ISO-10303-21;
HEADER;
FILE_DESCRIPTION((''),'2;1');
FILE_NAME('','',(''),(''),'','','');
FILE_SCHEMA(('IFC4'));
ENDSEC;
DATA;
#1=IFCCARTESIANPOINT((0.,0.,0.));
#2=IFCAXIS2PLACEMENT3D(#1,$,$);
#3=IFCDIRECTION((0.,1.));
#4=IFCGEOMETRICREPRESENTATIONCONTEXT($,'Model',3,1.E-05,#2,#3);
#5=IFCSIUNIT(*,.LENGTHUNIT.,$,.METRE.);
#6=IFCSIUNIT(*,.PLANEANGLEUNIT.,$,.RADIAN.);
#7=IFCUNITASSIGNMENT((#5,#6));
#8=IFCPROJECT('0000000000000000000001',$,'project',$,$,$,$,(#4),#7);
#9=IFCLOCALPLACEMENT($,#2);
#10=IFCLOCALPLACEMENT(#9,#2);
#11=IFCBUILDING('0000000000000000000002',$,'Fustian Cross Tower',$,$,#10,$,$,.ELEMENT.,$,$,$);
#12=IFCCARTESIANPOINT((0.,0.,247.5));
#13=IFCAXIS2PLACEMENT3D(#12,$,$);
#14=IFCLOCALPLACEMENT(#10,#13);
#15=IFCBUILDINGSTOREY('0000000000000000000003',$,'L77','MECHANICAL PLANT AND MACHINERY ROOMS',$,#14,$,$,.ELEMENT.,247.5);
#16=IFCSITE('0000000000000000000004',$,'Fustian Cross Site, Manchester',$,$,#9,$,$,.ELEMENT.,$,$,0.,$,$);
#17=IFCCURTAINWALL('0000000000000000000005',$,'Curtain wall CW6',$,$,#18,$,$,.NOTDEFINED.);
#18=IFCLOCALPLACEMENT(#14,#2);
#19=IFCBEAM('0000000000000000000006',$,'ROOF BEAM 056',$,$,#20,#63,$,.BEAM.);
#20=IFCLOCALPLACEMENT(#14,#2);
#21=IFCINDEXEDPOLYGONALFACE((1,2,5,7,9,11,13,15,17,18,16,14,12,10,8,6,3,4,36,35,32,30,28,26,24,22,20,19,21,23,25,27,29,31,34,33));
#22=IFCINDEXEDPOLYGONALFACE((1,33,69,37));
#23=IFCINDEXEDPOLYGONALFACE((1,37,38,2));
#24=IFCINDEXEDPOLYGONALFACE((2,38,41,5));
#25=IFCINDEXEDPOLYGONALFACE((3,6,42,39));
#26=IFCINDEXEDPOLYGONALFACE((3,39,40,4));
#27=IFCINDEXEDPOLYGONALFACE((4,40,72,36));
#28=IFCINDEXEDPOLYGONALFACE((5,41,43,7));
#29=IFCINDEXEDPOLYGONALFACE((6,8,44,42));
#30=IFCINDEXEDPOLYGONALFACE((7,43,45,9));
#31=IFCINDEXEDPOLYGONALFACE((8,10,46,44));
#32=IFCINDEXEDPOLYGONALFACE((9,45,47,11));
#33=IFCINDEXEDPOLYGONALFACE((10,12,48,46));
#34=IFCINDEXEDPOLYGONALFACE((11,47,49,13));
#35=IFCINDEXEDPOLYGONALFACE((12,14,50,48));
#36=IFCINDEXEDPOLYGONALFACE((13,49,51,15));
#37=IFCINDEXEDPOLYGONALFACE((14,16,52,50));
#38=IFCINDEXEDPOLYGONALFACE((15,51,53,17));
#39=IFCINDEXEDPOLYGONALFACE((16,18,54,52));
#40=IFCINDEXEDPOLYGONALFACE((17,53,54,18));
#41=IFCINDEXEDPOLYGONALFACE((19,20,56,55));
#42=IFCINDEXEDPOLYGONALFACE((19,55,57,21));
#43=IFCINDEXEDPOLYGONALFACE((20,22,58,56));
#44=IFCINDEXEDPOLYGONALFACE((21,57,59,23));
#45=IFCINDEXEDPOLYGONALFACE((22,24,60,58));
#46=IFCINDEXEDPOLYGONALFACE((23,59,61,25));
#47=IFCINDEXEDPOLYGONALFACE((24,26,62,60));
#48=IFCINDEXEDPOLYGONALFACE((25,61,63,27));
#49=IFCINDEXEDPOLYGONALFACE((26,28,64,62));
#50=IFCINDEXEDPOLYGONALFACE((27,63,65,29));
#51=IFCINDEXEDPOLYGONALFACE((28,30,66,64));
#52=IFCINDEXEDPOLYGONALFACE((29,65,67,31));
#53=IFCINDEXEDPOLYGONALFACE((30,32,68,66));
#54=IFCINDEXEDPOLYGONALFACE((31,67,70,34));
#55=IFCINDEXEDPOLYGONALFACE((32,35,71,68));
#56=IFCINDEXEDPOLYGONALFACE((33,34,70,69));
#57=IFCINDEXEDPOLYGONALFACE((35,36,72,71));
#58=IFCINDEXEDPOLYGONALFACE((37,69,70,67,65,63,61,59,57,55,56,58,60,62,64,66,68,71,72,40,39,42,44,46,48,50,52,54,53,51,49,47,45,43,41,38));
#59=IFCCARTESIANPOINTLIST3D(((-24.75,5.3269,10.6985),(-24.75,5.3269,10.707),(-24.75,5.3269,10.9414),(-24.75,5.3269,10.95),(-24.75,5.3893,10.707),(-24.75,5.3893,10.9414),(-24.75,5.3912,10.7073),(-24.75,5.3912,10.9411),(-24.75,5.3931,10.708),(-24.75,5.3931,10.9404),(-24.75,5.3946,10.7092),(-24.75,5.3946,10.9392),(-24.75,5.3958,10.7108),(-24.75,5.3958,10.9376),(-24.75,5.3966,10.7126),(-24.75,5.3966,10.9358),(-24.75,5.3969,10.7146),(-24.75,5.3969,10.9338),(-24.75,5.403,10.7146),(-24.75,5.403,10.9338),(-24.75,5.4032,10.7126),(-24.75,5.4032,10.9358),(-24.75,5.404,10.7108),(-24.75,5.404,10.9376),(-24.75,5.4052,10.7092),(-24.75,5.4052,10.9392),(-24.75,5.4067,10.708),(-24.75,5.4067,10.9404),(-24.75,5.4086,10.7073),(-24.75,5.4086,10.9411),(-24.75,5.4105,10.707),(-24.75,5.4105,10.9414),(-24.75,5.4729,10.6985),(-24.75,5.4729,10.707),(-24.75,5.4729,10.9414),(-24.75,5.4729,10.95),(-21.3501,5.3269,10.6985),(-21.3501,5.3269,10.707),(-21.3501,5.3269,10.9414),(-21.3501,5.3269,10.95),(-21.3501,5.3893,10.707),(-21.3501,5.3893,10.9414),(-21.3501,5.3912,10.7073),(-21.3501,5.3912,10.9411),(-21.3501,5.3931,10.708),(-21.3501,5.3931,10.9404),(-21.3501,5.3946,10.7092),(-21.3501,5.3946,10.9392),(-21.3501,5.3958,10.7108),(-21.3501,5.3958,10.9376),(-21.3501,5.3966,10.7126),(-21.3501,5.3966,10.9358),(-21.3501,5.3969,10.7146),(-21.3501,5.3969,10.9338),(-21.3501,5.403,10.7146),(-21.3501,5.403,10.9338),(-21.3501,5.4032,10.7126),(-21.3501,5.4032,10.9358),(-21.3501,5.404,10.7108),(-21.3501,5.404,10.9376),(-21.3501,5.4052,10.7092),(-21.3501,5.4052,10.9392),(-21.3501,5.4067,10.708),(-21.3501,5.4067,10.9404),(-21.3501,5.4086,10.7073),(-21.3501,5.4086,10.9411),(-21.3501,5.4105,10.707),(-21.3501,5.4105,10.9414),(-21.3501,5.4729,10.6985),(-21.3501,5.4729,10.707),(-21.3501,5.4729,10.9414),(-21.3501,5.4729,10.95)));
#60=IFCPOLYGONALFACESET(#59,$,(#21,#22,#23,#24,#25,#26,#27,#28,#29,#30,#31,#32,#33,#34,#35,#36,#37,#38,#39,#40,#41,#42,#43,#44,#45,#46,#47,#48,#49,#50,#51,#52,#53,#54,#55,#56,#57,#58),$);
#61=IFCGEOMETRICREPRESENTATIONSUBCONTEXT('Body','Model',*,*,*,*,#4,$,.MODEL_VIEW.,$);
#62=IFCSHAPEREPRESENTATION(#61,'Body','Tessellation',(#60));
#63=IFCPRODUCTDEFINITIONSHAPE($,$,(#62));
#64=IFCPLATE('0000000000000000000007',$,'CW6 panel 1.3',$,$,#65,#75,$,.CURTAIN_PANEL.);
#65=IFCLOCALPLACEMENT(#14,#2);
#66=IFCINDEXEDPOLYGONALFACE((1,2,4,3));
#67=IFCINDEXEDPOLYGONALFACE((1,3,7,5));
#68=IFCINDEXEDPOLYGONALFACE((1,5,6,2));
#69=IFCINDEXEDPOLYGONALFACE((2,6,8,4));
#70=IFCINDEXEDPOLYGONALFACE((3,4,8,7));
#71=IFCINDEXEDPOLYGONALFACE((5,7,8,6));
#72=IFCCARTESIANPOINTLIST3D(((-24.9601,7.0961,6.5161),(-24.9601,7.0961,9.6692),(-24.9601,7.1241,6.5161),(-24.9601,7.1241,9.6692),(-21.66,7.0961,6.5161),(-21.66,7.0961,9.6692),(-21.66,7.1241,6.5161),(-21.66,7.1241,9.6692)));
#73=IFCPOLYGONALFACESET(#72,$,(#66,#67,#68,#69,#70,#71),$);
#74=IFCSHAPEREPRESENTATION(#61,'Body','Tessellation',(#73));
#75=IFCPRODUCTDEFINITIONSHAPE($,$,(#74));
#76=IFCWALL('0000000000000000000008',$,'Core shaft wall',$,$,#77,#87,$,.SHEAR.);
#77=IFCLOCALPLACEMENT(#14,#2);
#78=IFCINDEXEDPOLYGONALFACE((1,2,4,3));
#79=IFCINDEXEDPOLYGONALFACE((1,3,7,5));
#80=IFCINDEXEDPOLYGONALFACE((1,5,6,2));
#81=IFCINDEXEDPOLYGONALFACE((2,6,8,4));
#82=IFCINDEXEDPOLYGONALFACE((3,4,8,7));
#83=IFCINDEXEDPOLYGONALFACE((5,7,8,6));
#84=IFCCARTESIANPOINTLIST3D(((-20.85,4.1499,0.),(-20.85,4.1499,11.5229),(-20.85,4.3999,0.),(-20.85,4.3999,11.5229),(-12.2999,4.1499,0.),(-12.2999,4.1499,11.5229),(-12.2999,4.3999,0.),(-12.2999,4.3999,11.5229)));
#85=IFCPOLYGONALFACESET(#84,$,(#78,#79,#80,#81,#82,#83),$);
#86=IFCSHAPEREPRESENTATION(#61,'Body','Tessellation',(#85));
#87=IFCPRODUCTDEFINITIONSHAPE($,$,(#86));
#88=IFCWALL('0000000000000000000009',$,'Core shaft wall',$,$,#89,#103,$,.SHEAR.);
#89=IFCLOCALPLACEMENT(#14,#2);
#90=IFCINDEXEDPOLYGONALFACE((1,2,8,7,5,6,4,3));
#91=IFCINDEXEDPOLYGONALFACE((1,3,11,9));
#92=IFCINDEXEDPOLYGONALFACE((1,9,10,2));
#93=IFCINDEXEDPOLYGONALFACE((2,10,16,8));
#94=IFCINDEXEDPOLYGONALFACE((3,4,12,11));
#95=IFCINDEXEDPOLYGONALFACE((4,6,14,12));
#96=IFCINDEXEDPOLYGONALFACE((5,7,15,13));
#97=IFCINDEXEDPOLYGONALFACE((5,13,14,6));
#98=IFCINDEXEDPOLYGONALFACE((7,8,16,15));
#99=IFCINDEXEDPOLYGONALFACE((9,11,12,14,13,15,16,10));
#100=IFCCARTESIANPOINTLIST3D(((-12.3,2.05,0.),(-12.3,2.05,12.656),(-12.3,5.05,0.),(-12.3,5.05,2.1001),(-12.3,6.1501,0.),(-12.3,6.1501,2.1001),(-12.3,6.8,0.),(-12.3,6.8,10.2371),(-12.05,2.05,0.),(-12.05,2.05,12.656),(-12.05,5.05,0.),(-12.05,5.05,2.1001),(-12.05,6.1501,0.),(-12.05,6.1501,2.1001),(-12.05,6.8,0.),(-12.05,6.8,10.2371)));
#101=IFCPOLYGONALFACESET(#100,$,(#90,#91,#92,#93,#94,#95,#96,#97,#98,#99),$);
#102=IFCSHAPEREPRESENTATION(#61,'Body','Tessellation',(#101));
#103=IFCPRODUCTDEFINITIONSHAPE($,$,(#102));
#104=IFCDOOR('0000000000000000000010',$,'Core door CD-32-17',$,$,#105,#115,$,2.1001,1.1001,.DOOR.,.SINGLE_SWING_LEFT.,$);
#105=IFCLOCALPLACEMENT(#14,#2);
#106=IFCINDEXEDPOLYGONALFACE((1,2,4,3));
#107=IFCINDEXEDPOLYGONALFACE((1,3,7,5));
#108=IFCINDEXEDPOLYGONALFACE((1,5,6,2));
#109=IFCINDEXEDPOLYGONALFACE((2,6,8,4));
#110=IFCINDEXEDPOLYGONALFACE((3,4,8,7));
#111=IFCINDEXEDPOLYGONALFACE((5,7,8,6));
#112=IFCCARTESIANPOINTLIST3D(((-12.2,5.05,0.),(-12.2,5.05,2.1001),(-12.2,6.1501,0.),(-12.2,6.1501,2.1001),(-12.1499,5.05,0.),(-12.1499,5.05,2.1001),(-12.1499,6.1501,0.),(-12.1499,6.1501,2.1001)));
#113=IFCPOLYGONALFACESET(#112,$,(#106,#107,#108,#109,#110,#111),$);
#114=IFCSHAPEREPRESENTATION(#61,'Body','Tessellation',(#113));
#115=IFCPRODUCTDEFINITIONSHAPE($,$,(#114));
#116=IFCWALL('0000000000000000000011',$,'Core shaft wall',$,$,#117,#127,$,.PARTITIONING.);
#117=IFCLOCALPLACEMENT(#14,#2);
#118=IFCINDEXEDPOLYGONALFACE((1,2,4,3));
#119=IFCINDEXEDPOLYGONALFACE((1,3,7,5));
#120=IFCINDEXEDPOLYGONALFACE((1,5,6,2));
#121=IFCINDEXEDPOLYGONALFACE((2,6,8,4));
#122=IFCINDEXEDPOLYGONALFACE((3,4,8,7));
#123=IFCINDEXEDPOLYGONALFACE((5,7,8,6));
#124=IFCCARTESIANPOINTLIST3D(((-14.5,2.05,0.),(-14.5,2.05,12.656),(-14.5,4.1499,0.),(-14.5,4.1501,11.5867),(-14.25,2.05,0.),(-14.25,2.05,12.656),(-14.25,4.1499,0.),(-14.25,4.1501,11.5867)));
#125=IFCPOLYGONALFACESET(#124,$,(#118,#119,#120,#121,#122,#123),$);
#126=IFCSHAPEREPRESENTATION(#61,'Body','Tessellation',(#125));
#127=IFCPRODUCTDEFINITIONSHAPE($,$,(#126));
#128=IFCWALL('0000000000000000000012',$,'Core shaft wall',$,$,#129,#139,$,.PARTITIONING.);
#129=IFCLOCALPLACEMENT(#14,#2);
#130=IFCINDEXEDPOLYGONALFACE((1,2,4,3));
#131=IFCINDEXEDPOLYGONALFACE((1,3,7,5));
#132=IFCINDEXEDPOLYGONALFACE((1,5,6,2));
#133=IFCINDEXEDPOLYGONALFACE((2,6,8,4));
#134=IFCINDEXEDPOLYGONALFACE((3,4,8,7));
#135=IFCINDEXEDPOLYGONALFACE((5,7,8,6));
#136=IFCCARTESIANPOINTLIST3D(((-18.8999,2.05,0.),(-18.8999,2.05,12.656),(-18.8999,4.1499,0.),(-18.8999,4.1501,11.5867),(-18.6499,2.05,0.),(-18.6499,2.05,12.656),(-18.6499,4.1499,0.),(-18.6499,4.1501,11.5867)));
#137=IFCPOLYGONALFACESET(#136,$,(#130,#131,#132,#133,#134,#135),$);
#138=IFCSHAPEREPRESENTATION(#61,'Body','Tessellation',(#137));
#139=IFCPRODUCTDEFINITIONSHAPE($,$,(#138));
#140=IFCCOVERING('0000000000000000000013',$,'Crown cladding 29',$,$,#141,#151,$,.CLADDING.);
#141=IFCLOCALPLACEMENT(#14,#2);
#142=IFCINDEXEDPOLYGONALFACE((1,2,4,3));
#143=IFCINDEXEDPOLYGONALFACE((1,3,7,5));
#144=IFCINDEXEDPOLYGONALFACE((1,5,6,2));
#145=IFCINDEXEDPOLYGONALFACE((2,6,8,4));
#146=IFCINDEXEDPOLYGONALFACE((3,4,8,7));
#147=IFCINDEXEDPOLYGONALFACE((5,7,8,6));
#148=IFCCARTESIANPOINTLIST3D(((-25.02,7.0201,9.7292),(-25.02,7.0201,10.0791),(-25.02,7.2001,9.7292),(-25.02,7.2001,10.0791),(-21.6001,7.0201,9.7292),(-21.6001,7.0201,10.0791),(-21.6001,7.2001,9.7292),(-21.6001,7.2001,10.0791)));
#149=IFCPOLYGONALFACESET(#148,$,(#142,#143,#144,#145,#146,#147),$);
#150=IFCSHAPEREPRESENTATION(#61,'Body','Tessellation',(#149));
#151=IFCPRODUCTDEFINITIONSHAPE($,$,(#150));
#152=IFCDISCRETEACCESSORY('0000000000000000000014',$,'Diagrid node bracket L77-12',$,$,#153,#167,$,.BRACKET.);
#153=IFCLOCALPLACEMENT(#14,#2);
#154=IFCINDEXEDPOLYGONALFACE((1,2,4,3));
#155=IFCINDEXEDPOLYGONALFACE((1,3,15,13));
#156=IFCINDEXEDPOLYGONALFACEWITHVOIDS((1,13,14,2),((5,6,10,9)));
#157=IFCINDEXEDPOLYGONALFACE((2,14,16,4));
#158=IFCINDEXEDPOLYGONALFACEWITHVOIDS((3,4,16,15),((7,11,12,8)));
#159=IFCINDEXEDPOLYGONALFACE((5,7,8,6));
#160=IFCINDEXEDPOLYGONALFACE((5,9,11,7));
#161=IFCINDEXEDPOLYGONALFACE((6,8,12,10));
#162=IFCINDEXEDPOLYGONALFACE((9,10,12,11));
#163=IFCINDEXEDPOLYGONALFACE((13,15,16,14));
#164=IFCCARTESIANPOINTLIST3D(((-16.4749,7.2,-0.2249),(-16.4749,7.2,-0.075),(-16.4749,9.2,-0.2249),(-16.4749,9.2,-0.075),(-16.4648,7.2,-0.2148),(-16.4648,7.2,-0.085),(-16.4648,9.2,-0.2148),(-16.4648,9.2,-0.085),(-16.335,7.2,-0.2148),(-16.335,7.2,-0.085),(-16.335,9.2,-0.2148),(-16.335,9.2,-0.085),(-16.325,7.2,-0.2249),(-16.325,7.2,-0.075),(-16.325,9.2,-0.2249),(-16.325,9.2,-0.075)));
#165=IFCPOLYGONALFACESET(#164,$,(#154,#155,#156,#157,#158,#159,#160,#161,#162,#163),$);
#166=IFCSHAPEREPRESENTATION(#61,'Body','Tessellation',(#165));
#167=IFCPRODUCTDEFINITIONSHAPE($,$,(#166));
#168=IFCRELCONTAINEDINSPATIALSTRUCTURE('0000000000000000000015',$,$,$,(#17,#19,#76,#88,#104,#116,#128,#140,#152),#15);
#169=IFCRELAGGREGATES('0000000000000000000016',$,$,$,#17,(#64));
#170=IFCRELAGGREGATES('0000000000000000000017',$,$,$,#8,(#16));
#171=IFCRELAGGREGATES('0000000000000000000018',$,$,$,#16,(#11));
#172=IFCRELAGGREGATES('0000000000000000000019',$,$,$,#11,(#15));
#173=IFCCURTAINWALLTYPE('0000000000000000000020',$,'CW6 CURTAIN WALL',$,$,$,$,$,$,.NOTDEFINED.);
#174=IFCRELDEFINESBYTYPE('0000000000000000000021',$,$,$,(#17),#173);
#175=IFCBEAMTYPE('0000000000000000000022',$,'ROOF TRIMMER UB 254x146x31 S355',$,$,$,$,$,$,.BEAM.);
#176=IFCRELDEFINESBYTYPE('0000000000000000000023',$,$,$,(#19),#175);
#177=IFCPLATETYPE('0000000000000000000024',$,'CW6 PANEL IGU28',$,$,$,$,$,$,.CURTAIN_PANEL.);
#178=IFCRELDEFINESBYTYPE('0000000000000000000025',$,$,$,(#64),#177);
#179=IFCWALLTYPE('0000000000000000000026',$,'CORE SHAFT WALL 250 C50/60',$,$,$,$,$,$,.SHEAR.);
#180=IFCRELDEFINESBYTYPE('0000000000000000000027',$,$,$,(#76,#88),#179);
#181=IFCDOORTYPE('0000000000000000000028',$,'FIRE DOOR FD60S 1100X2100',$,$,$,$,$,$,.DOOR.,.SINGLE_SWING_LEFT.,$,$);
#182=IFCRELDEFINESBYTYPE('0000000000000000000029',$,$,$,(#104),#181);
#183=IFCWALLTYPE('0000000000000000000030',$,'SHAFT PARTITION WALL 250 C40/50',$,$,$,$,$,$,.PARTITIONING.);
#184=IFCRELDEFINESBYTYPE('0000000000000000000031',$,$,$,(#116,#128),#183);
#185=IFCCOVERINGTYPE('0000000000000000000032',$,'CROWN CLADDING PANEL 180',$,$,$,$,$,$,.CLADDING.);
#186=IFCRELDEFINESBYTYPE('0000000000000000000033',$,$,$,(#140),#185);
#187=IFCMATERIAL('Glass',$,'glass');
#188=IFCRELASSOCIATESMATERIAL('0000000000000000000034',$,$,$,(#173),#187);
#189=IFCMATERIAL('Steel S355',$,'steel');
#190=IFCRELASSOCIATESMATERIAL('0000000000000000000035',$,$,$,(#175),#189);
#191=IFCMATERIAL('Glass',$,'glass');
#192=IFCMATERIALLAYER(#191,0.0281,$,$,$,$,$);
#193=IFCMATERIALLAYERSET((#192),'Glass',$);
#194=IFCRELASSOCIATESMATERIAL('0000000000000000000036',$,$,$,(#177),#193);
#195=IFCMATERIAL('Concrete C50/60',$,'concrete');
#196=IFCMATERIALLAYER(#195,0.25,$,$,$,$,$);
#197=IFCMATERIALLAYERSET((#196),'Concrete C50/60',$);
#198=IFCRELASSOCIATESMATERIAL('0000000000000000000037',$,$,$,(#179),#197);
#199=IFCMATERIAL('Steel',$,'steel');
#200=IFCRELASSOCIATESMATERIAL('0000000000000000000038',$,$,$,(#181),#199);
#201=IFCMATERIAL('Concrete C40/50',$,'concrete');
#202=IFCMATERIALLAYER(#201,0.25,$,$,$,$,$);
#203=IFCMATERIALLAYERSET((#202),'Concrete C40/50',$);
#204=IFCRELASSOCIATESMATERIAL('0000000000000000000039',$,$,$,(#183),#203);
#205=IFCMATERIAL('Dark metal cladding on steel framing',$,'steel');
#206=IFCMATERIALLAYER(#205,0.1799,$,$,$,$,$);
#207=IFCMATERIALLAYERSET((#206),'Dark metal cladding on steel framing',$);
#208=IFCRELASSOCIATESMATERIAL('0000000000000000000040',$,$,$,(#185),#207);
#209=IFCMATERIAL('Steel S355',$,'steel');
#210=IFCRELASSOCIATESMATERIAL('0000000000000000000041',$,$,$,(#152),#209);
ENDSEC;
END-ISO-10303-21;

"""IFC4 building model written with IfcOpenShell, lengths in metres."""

from ifc_helpers import new_model, si_unit, direction, frame, frame_2d, origin, origin_2d, place, context, subcontext, project, spatial, polyline, rectangle, hollow_rectangle, i_section, outline, extrude, material, layer, layer_set, material_profile, profile_set, type_object, element, fill, aggregate, save


model = new_model("IFC4")

# Units and contexts
model_context = context("Model", 3, precision=1e-05, world=origin(), true_north=direction((0.0, 1.0)))
body_context = subcontext(model_context, "Body", "Model", "MODEL_VIEW")
ifc_project = project(units=[si_unit("LENGTHUNIT", "METRE"), si_unit("PLANEANGLEUNIT", "RADIAN")], contexts=[model_context])

# Site, building, storey
site_placement = place(None, origin())
site = spatial("IfcSite", under=ifc_project, at=site_placement, Name="Fustian Cross Site, Manchester", CompositionType="ELEMENT", RefElevation=0.0)
building_placement = place(site_placement, origin())
building = spatial("IfcBuilding", under=site, at=building_placement, Name="Fustian Cross Tower", CompositionType="ELEMENT")
storey_placement = place(building_placement, frame((0.0, 0.0, 247.5)))
storey = spatial("IfcBuildingStorey", under=building, at=storey_placement, Name="L77", Description="MECHANICAL PLANT AND MACHINERY ROOMS", CompositionType="ELEMENT", Elevation=247.5)

# Curtain wall
ifc_material_1 = material(Name="Glass", Category="glass")
curtain_wall_type = type_object("IfcCurtainWallType", Name="CW6 CURTAIN WALL", PredefinedType="NOTDEFINED", material=ifc_material_1)
curtain_wall_placement = place(storey_placement, origin())
curtain_wall = element("IfcCurtainWall", 1, at=curtain_wall_placement, inside=storey, type_object=curtain_wall_type, Name="Curtain wall CW6", PredefinedType="NOTDEFINED")

# Beam
ifc_material_2 = material(Name="Steel S355", Category="steel")
ifc_material_profile_1 = material_profile(ifc_material_2, i_section(OverallWidth=0.146, OverallDepth=0.2515, WebThickness=0.0061, FlangeThickness=0.0085, FilletRadius=0.0076, at=origin_2d()), Name="UB 254x146x31")
ifc_profile_set_1 = profile_set([ifc_material_profile_1], Name="Steel S355")
beam_type_1 = type_object("IfcBeamType", Name="ROOF TRIMMER UB 254x146x31 S355", PredefinedType="BEAM", material=ifc_profile_set_1)
for number, where, z_axis, x_axis, name in (
    (2, (-21.3501, 5.3999, 10.8242), (-1.0, 0.0, 0.0), (0.0, -1.0, 0.0), "ROOF BEAM 056"),
):
    element("IfcBeam", number, at=place(storey_placement, frame(where, z_axis=z_axis, x_axis=x_axis)), inside=storey, type_object=beam_type_1, Name=name, PredefinedType="BEAM", context=body_context, shape_type="SweptSolid", body=[
        extrude(i_section(OverallWidth=0.146, OverallDepth=0.2515, WebThickness=0.0061, FlangeThickness=0.0085, FilletRadius=0.0076, at=origin_2d()), origin(), (0.0, 0.0, 1.0), 3.3999),
    ])

# Plate
ifc_material_3 = material(Name="Glass", Category="glass")
ifc_layer_1 = layer(ifc_material_3, 0.0281)
ifc_layer_set_1 = layer_set([ifc_layer_1], Name="Glass")
plate_type = type_object("IfcPlateType", Name="CW6 PANEL IGU28", PredefinedType="CURTAIN_PANEL", material=ifc_layer_set_1)
plate_placement = place(storey_placement, frame((-23.3101, 7.1101, 6.5161), z_axis=(0.0, 0.0, 1.0), x_axis=(-1.0, 0.0, 0.0)))
plate = element("IfcPlate", 3, at=plate_placement, type_object=plate_type, Name="CW6 panel 1.3", PredefinedType="CURTAIN_PANEL", context=body_context, shape_type="SweptSolid", body=[
    extrude(rectangle(XDim=3.3, YDim=0.0281, at=origin_2d()), origin(), (0.0, 0.0, 1.0), 3.1531),
])
aggregate(curtain_wall, [plate])

# Wall
ifc_material_4 = material(Name="Concrete C50/60", Category="concrete")
ifc_layer_2 = layer(ifc_material_4, 0.25)
ifc_layer_set_2 = layer_set([ifc_layer_2], Name="Concrete C50/60")
wall_type_1 = type_object("IfcWallType", Name="CORE SHAFT WALL 250 C50/60", PredefinedType="SHEAR", material=ifc_layer_set_2)
wall_1_placement = place(storey_placement, frame((-12.3, 4.2749, 0.0), z_axis=(0.0, 0.0, 1.0), x_axis=(-1.0, 0.0, 0.0)))
element("IfcWall", 4, at=wall_1_placement, inside=storey, type_object=wall_type_1, Name="Core shaft wall", PredefinedType="SHEAR", context=body_context, shape_type="SweptSolid", body=[
    extrude(rectangle(XDim=8.55, YDim=0.25, at=frame_2d((4.2749, 0.0))), origin(), (0.0, 0.0, 1.0), 11.5229),
])

# Wall, opening, door
wall_2_placement = place(storey_placement, frame((-12.175, 2.05, 0.0), z_axis=(0.0, 0.0, 1.0), x_axis=(0.0, 1.0, 0.0)))
wall_2 = element("IfcWall", 5, at=wall_2_placement, inside=storey, type_object=wall_type_1, Name="Core shaft wall", PredefinedType="SHEAR", context=body_context, shape_type="SweptSolid", body=[
    extrude(outline(polyline([(0.0, 0.0), (4.75, 0.0), (4.75, 10.2371), (0.0, 12.656), (0.0, 0.0)])), frame((0.0, 0.125, 0.0), z_axis=(0.0, -1.0, 0.0), x_axis=(1.0, 0.0, 0.0)), (0.0, 0.0, 1.0), 0.25),
])
opening_placement = place(wall_2_placement, frame((3.0, 0.0, 0.0)))
opening = element("IfcOpeningElement", 6, at=opening_placement, cuts=wall_2, PredefinedType="OPENING", context=body_context, shape_type="SweptSolid", body=[
    extrude(rectangle(XDim=1.1001, YDim=2.1001, at=frame_2d((0.55, 1.05))), frame((0.0, 0.135, 0.0), z_axis=(0.0, -1.0, 0.0), x_axis=(1.0, 0.0, 0.0)), (0.0, 0.0, 1.0), 0.27),
])
ifc_material_5 = material(Name="Steel", Category="steel")
door_type = type_object("IfcDoorType", Name="FIRE DOOR FD60S 1100X2100", OperationType="SINGLE_SWING_LEFT", PredefinedType="DOOR", material=ifc_material_5)
door_placement = place(opening_placement, origin())
door = element("IfcDoor", 7, at=door_placement, inside=storey, type_object=door_type, Name="Core door CD-32-17", OperationType="SINGLE_SWING_LEFT", OverallHeight=2.1001, OverallWidth=1.1001, PredefinedType="DOOR", context=body_context, shape_type="SweptSolid", body=[
    extrude(rectangle(XDim=1.1001, YDim=2.1001, at=frame_2d((0.55, 1.05))), frame((0.0, 0.0249, 0.0), z_axis=(0.0, -1.0, 0.0), x_axis=(1.0, 0.0, 0.0)), (0.0, 0.0, 1.0), 0.05),
])
fill(opening, door)

# Walls
ifc_material_6 = material(Name="Concrete C40/50", Category="concrete")
ifc_layer_3 = layer(ifc_material_6, 0.25)
ifc_layer_set_3 = layer_set([ifc_layer_3], Name="Concrete C40/50")
wall_type_2 = type_object("IfcWallType", Name="SHAFT PARTITION WALL 250 C40/50", PredefinedType="PARTITIONING", material=ifc_layer_set_3)
for number, where, z_axis, x_axis, name in (
    (8, (-14.375, 2.05, 0.0), (0.0, 0.0, 1.0), (0.0, 1.0, 0.0), "Core shaft wall"),
    (9, (-18.7749, 2.05, 0.0), (0.0, 0.0, 1.0), (0.0, 1.0, 0.0), "Core shaft wall"),
):
    element("IfcWall", number, at=place(storey_placement, frame(where, z_axis=z_axis, x_axis=x_axis)), inside=storey, type_object=wall_type_2, Name=name, PredefinedType="PARTITIONING", context=body_context, shape_type="SweptSolid", body=[
        extrude(outline(polyline([(0.0, 0.0), (2.0999, 0.0), (2.1001, 11.5867), (0.0, 12.656), (0.0, 0.0)])), frame((0.0, 0.125, 0.0), z_axis=(0.0, -1.0, 0.0), x_axis=(1.0, 0.0, 0.0)), (0.0, 0.0, 1.0), 0.25),
    ])

# Covering
ifc_material_7 = material(Name="Dark metal cladding on steel framing", Category="steel")
ifc_layer_4 = layer(ifc_material_7, 0.1799)
ifc_layer_set_4 = layer_set([ifc_layer_4], Name="Dark metal cladding on steel framing")
covering_type = type_object("IfcCoveringType", Name="CROWN CLADDING PANEL 180", PredefinedType="CLADDING", material=ifc_layer_set_4)
covering_placement = place(storey_placement, frame((-21.6001, 7.1101, 9.7292), z_axis=(0.0, 0.0, 1.0), x_axis=(-1.0, 0.0, 0.0)))
element("IfcCovering", 10, at=covering_placement, inside=storey, type_object=covering_type, Name="Crown cladding 29", PredefinedType="CLADDING", context=body_context, shape_type="SweptSolid", body=[
    extrude(rectangle(XDim=3.4199, YDim=0.1799, at=frame_2d((1.71, 0.0))), origin(), (0.0, 0.0, 1.0), 0.3499),
])

# Discrete accessory
ifc_material_8 = material(Name="Steel S355", Category="steel")
discrete_accessory_placement = place(storey_placement, frame((-16.3999, 9.2, -0.1499), z_axis=(0.0, -1.0, 0.0), x_axis=(1.0, 0.0, 0.0)))
element("IfcDiscreteAccessory", 11, at=discrete_accessory_placement, inside=storey, material=ifc_material_8, Name="Diagrid node bracket L77-12", PredefinedType="BRACKET", context=body_context, shape_type="SweptSolid", body=[
    extrude(hollow_rectangle(XDim=0.1499, YDim=0.1499, WallThickness=0.01, at=origin_2d()), origin(), (0.0, 0.0, 1.0), 2.0),
])

save(model, "model.ifc")
